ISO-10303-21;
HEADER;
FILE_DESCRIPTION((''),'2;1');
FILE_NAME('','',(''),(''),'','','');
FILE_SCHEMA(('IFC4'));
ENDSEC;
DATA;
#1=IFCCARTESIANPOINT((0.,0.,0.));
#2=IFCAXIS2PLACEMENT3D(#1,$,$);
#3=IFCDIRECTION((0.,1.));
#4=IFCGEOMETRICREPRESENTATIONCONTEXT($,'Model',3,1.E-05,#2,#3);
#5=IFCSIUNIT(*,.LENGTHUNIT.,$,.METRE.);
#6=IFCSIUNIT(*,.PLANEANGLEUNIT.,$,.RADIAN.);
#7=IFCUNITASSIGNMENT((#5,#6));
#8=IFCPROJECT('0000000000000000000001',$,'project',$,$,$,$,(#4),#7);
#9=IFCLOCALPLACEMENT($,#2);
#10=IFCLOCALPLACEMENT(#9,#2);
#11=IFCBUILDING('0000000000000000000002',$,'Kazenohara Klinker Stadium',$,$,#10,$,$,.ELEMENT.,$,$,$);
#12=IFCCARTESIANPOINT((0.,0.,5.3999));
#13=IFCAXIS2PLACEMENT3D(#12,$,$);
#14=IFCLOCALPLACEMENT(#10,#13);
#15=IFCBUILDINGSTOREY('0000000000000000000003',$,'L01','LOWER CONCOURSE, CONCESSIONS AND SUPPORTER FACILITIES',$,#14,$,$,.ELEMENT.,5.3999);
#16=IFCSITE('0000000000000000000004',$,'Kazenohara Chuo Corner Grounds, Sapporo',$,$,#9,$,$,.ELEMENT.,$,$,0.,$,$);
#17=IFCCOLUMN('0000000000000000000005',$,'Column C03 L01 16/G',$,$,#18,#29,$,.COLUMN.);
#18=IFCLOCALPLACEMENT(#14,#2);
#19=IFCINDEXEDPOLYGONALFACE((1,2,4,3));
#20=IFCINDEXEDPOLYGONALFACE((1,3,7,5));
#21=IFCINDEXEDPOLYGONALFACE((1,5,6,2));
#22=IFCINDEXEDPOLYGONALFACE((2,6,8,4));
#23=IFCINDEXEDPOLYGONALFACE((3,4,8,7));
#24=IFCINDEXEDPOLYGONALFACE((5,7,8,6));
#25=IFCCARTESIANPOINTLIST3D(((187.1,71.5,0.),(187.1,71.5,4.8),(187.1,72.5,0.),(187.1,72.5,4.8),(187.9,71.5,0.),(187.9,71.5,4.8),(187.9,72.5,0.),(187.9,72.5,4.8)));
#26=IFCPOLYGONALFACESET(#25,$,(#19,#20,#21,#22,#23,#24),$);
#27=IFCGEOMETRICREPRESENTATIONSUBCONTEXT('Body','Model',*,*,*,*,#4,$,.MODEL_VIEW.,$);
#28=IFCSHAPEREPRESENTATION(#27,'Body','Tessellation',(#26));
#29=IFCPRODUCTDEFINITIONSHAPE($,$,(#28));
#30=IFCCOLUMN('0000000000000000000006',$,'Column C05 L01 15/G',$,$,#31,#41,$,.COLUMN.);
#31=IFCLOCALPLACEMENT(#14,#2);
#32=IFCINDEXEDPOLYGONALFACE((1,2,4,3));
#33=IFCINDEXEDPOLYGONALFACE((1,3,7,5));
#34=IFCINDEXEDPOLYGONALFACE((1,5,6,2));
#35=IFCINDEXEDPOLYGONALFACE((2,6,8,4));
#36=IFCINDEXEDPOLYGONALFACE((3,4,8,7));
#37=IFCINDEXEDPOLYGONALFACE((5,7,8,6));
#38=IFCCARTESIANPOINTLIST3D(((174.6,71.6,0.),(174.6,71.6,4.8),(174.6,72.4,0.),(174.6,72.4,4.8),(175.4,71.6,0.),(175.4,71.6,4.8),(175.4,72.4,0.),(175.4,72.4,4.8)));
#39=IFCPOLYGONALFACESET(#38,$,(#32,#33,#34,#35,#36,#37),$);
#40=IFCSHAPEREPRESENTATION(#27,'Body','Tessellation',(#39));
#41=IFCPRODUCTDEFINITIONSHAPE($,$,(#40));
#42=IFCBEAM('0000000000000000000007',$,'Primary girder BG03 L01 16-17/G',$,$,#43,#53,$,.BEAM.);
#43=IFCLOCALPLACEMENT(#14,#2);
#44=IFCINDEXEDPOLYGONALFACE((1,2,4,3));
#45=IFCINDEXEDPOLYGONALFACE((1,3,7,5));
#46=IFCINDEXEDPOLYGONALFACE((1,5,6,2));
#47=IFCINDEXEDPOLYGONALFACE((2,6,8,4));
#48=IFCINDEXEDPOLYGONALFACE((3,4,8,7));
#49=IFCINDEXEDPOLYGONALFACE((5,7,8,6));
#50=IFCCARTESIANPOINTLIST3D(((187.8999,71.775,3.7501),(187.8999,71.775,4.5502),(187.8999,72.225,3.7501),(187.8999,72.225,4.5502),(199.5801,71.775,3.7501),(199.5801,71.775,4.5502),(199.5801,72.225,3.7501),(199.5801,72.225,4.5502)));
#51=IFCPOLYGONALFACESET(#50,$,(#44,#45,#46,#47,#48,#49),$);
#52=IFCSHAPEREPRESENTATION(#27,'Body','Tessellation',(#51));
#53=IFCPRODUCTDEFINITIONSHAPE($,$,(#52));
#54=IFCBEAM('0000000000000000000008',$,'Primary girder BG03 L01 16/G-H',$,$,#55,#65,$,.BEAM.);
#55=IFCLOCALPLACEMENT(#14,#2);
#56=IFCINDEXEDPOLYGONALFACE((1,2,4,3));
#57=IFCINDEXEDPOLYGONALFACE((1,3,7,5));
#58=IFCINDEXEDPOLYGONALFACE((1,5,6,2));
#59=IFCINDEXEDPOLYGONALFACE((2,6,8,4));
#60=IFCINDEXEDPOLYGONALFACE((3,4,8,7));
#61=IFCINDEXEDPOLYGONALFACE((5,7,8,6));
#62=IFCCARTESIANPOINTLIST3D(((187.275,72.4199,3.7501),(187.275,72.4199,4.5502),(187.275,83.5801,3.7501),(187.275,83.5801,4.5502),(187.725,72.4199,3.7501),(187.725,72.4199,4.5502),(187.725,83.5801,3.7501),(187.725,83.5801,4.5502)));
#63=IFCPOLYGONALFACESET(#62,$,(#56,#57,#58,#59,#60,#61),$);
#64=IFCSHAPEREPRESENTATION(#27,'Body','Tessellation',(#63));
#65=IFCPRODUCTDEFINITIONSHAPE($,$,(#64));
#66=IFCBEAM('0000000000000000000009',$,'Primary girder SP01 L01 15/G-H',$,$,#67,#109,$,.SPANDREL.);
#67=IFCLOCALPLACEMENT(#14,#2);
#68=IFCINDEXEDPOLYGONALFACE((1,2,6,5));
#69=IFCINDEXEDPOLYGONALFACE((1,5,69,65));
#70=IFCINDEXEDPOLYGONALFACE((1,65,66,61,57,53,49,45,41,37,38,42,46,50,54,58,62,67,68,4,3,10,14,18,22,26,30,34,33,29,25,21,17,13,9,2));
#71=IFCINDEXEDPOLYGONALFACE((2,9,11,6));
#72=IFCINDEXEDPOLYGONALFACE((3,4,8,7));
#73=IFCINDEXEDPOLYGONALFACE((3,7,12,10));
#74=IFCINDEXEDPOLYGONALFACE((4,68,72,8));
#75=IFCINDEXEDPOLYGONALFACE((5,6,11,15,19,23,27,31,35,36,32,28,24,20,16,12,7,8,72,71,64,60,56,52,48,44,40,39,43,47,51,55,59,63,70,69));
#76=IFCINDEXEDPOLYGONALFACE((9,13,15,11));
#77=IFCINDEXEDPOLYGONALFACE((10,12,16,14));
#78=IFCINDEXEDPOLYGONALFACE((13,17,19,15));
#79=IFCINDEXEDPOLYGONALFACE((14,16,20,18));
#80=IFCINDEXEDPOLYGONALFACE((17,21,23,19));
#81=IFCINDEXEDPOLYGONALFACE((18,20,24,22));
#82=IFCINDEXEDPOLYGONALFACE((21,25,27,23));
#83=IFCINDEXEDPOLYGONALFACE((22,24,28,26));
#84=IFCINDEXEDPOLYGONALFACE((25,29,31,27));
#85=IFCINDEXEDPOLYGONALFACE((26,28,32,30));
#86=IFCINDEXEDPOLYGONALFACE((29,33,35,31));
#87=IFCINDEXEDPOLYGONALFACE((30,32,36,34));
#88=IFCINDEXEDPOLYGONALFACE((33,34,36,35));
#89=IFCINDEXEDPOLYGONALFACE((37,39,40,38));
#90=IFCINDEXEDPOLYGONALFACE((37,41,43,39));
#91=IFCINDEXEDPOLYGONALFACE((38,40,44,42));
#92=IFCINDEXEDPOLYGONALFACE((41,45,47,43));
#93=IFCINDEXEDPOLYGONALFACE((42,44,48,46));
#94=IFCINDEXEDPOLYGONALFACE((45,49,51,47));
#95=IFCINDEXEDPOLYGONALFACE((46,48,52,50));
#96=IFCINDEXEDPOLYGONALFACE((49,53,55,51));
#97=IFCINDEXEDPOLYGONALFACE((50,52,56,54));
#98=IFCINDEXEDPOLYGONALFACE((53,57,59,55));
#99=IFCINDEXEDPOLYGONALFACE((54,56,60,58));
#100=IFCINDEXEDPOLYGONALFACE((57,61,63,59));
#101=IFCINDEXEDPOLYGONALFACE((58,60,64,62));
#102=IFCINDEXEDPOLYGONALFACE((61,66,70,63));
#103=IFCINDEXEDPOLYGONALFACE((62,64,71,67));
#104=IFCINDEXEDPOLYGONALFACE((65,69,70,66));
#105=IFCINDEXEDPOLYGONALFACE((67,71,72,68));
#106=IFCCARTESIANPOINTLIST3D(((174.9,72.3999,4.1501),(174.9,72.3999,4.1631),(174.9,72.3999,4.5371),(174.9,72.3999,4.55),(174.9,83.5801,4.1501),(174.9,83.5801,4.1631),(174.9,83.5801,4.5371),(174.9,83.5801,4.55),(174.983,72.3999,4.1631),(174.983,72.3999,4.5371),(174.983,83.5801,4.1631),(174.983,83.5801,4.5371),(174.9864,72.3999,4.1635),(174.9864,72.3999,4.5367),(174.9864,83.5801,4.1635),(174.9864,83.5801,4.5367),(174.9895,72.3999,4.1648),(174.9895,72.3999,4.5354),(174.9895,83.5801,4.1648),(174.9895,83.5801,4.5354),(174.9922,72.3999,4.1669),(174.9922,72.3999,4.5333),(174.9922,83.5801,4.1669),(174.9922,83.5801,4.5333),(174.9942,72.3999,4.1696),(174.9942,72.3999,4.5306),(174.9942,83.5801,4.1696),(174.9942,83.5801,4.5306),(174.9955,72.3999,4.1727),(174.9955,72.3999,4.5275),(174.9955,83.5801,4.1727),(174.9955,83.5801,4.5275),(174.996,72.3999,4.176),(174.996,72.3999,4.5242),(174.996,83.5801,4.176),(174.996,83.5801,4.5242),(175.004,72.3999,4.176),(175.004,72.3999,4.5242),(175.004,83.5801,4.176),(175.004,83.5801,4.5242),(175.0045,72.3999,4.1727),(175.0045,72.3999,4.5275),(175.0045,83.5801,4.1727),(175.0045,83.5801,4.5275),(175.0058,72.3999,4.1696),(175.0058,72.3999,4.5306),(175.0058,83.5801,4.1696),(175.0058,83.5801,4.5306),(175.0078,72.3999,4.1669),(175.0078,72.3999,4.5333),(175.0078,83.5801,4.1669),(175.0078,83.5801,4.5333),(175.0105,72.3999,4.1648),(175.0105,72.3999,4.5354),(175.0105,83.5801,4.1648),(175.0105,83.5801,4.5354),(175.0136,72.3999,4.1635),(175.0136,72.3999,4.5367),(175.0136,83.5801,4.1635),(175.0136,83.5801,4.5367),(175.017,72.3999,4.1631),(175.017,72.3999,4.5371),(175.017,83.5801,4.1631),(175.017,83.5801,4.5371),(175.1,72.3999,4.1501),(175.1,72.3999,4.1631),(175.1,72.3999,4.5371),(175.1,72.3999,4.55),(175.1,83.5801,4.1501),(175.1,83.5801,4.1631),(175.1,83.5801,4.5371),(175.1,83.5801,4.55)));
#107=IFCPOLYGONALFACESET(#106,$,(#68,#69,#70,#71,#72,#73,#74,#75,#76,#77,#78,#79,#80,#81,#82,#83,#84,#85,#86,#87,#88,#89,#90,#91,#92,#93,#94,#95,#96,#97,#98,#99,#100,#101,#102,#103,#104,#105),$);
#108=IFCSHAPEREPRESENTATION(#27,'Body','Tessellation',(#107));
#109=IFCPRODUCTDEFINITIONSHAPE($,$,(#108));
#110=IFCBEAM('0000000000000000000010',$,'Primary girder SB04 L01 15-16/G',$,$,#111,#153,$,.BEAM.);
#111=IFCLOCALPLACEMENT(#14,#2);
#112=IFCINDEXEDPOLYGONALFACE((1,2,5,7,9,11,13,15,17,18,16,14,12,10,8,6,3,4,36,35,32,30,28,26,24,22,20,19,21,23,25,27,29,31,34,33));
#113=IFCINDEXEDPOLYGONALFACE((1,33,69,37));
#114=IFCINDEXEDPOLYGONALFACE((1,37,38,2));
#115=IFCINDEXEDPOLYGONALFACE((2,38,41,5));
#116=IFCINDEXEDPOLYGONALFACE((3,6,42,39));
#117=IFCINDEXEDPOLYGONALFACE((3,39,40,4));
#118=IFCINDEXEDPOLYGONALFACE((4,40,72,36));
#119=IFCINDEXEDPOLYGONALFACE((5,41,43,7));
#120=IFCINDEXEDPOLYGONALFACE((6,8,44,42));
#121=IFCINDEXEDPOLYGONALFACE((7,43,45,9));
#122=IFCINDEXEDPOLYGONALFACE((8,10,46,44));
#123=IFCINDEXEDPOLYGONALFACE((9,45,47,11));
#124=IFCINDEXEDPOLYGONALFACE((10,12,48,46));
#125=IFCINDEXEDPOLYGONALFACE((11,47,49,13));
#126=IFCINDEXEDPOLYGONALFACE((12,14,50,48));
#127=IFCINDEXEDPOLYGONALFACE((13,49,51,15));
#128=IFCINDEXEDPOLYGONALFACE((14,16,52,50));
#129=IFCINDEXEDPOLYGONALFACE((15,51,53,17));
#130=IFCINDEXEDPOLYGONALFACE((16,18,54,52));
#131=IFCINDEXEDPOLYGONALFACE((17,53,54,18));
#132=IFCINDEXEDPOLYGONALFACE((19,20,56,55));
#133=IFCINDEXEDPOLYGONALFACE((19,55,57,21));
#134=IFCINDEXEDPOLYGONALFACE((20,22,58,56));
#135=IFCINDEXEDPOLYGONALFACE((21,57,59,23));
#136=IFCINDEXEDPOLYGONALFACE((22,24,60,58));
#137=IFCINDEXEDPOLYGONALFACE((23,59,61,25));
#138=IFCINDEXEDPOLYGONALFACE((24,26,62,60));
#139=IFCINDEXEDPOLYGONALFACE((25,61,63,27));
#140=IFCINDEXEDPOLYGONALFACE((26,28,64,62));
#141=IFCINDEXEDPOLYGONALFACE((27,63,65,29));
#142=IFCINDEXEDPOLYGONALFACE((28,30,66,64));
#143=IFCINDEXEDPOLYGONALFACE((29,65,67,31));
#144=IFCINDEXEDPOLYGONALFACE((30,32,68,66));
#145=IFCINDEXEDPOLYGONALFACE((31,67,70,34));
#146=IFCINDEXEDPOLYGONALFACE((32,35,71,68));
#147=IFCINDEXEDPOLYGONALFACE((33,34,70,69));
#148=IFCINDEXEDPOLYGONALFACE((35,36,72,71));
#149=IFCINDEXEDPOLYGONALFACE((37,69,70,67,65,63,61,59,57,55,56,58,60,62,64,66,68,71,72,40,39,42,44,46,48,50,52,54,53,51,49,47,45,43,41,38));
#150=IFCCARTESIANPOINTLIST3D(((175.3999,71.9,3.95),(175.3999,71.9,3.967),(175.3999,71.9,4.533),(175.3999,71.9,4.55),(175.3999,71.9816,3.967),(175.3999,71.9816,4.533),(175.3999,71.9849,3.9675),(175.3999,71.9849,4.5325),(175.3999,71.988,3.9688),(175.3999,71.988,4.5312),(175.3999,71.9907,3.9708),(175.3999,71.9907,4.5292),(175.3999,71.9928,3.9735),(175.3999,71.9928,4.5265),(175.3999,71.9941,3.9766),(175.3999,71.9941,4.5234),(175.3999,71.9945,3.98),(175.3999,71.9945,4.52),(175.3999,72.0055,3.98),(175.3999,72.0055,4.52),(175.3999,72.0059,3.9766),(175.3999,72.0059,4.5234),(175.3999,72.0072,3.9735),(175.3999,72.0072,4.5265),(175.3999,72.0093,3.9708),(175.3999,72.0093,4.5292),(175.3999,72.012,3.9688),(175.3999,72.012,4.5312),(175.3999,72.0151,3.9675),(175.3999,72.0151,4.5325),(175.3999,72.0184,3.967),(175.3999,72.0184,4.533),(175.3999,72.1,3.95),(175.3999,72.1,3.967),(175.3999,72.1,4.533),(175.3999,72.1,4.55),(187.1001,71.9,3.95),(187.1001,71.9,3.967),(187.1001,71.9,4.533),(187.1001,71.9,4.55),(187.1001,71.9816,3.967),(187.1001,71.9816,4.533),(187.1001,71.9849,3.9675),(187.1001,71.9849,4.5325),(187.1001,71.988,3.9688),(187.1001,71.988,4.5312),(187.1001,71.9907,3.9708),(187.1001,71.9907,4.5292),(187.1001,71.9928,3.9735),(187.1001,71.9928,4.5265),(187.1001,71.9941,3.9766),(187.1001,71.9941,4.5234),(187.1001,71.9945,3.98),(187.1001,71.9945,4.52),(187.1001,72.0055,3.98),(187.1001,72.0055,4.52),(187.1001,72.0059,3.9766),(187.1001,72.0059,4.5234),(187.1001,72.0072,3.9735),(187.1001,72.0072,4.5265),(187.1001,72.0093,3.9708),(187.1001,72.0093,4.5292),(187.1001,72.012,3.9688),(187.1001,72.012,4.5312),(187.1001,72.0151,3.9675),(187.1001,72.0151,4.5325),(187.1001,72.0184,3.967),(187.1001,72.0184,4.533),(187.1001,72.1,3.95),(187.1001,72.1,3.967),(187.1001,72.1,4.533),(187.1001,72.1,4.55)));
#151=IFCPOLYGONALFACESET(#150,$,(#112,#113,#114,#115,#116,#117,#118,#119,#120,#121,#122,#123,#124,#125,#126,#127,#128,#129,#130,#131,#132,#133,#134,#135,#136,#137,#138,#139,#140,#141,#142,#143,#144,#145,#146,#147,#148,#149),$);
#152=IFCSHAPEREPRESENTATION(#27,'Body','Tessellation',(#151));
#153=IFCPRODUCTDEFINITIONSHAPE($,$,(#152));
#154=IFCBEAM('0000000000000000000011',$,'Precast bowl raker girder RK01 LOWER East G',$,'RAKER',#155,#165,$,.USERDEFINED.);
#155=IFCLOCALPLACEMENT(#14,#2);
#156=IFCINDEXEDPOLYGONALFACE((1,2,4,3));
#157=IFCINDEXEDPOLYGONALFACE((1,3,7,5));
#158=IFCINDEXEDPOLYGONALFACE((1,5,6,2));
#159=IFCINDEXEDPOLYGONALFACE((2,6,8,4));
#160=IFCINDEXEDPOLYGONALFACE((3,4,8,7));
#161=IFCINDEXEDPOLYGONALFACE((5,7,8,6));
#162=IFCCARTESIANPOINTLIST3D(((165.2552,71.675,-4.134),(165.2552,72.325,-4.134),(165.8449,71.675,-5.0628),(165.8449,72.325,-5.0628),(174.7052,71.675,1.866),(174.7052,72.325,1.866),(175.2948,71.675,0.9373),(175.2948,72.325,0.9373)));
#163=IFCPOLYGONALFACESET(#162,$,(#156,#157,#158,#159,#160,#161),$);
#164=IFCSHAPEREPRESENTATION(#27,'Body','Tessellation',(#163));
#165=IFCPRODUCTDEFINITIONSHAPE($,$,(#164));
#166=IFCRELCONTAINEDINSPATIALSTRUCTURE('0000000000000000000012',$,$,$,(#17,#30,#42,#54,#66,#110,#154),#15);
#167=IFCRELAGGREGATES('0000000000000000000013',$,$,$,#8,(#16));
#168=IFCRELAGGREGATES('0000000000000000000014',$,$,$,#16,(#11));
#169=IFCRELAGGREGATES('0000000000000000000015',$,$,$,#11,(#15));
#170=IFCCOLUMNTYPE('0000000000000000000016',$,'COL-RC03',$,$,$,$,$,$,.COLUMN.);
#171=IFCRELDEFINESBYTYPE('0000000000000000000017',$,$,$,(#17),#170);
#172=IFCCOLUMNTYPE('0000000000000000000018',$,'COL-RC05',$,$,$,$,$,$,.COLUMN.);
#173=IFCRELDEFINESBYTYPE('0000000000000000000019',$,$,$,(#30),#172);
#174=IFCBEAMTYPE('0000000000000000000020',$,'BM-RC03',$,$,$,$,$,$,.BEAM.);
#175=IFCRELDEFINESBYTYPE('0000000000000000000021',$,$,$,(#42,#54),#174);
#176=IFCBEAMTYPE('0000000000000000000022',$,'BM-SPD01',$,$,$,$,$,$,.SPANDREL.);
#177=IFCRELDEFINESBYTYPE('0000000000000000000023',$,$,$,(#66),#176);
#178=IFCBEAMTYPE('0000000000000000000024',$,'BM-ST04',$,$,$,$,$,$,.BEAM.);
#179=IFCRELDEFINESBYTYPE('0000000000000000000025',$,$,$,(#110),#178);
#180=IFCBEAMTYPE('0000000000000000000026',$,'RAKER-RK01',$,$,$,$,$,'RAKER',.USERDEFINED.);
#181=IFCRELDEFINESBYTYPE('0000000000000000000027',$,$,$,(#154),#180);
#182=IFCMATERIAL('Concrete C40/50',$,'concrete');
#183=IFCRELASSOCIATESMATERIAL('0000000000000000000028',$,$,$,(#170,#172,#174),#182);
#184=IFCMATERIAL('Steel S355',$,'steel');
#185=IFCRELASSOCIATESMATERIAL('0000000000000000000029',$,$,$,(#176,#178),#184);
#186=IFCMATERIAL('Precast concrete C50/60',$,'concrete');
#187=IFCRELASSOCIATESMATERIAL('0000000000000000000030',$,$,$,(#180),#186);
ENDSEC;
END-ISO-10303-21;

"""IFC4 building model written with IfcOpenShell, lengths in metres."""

from ifc_helpers import new_model, si_unit, direction, frame, origin, origin_2d, place, context, subcontext, project, spatial, rectangle, i_section, extrude, material, material_profile, profile_set, type_object, element, save


model = new_model("IFC4")

# Units and contexts
model_context = context("Model", 3, precision=1e-05, world=origin(), true_north=direction((0.0, 1.0)))
body_context = subcontext(model_context, "Body", "Model", "MODEL_VIEW")
ifc_project = project(units=[si_unit("LENGTHUNIT", "METRE"), si_unit("PLANEANGLEUNIT", "RADIAN")], contexts=[model_context])

# Site, building, storey
site_placement = place(None, origin())
site = spatial("IfcSite", under=ifc_project, at=site_placement, Name="Kazenohara Chuo Corner Grounds, Sapporo", CompositionType="ELEMENT", RefElevation=0.0)
building_placement = place(site_placement, origin())
building = spatial("IfcBuilding", under=site, at=building_placement, Name="Kazenohara Klinker Stadium", CompositionType="ELEMENT")
storey_placement = place(building_placement, frame((0.0, 0.0, 5.3999)))
storey = spatial("IfcBuildingStorey", under=building, at=storey_placement, Name="L01", Description="LOWER CONCOURSE, CONCESSIONS AND SUPPORTER FACILITIES", CompositionType="ELEMENT", Elevation=5.3999)

# Columns
ifc_material_1 = material(Name="Concrete C40/50", Category="concrete")
ifc_material_profile_1 = material_profile(ifc_material_1, rectangle(XDim=0.8, YDim=1.0, at=origin_2d()), Name="RC-COL-1000x800")
ifc_profile_set_1 = profile_set([ifc_material_profile_1], Name="Concrete C40/50")
column_type_1 = type_object("IfcColumnType", Name="COL-RC03", PredefinedType="COLUMN", material=ifc_profile_set_1)
column_1_placement = place(storey_placement, frame((187.5, 72.0, 0.0), z_axis=(0.0, 0.0, 1.0), x_axis=(1.0, 0.0, 0.0)))
element("IfcColumn", 1, at=column_1_placement, inside=storey, type_object=column_type_1, Name="Column C03 L01 16/G", PredefinedType="COLUMN", context=body_context, shape_type="SweptSolid", body=[
    extrude(rectangle(XDim=0.8, YDim=1.0, at=origin_2d()), origin(), (0.0, 0.0, 1.0), 4.8),
])
ifc_material_profile_2 = material_profile(ifc_material_1, rectangle(XDim=0.8, YDim=0.8, at=origin_2d()), Name="RC-COL-800x800")
ifc_profile_set_2 = profile_set([ifc_material_profile_2], Name="Concrete C40/50")
column_type_2 = type_object("IfcColumnType", Name="COL-RC05", PredefinedType="COLUMN", material=ifc_profile_set_2)
column_2_placement = place(storey_placement, frame((175.0, 72.0, 0.0), z_axis=(0.0, 0.0, 1.0), x_axis=(1.0, 0.0, 0.0)))
element("IfcColumn", 2, at=column_2_placement, inside=storey, type_object=column_type_2, Name="Column C05 L01 15/G", PredefinedType="COLUMN", context=body_context, shape_type="SweptSolid", body=[
    extrude(rectangle(XDim=0.8, YDim=0.8, at=origin_2d()), origin(), (0.0, 0.0, 1.0), 4.8),
])

# Beams
ifc_material_profile_3 = material_profile(ifc_material_1, rectangle(XDim=0.45, YDim=0.8, at=origin_2d()), Name="RC-BM-450x800")
ifc_profile_set_3 = profile_set([ifc_material_profile_3], Name="Concrete C40/50")
beam_type_1 = type_object("IfcBeamType", Name="BM-RC03", PredefinedType="BEAM", material=ifc_profile_set_3)
beam_1_placement = place(storey_placement, frame((187.8999, 72.0, 4.1501), z_axis=(1.0, 0.0, 0.0), x_axis=(0.0, 1.0, 0.0)))
element("IfcBeam", 3, at=beam_1_placement, inside=storey, type_object=beam_type_1, Name="Primary girder BG03 L01 16-17/G", PredefinedType="BEAM", context=body_context, shape_type="SweptSolid", body=[
    extrude(rectangle(XDim=0.45, YDim=0.8, at=origin_2d()), origin(), (0.0, 0.0, 1.0), 11.6802),
])
beam_2_placement = place(storey_placement, frame((187.5, 72.4199, 4.1501), z_axis=(0.0, 1.0, 0.0), x_axis=(-1.0, 0.0, 0.0)))
element("IfcBeam", 4, at=beam_2_placement, inside=storey, type_object=beam_type_1, Name="Primary girder BG03 L01 16/G-H", PredefinedType="BEAM", context=body_context, shape_type="SweptSolid", body=[
    extrude(rectangle(XDim=0.45, YDim=0.8, at=origin_2d()), origin(), (0.0, 0.0, 1.0), 11.1602),
])
ifc_material_2 = material(Name="Steel S355", Category="steel")
ifc_material_profile_4 = material_profile(ifc_material_2, i_section(OverallWidth=0.2, OverallDepth=0.3999, WebThickness=0.0081, FlangeThickness=0.0129, FilletRadius=0.0129, at=origin_2d()), Name="H-400x200x8x13")
ifc_profile_set_4 = profile_set([ifc_material_profile_4], Name="Steel S355")
beam_type_2 = type_object("IfcBeamType", Name="BM-SPD01", PredefinedType="SPANDREL", material=ifc_profile_set_4)
beam_3_placement = place(storey_placement, frame((175.0, 72.3999, 4.3501), z_axis=(0.0, 1.0, 0.0), x_axis=(-1.0, 0.0, 0.0)))
element("IfcBeam", 5, at=beam_3_placement, inside=storey, type_object=beam_type_2, Name="Primary girder SP01 L01 15/G-H", PredefinedType="SPANDREL", context=body_context, shape_type="SweptSolid", body=[
    extrude(i_section(OverallWidth=0.2, OverallDepth=0.3999, WebThickness=0.0081, FlangeThickness=0.0129, FilletRadius=0.0129, at=origin_2d()), origin(), (0.0, 0.0, 1.0), 11.1802),
])
ifc_material_profile_5 = material_profile(ifc_material_2, i_section(OverallWidth=0.2, OverallDepth=0.6001, WebThickness=0.011, FlangeThickness=0.0171, FilletRadius=0.0129, at=origin_2d()), Name="H-600x200x11x17")
ifc_profile_set_5 = profile_set([ifc_material_profile_5], Name="Steel S355")
beam_type_3 = type_object("IfcBeamType", Name="BM-ST04", PredefinedType="BEAM", material=ifc_profile_set_5)
beam_4_placement = place(storey_placement, frame((175.3999, 72.0, 4.25), z_axis=(1.0, 0.0, 0.0), x_axis=(0.0, 1.0, 0.0)))
element("IfcBeam", 6, at=beam_4_placement, inside=storey, type_object=beam_type_3, Name="Primary girder SB04 L01 15-16/G", PredefinedType="BEAM", context=body_context, shape_type="SweptSolid", body=[
    extrude(i_section(OverallWidth=0.2, OverallDepth=0.6001, WebThickness=0.011, FlangeThickness=0.0171, FilletRadius=0.0129, at=origin_2d()), origin(), (0.0, 0.0, 1.0), 11.7002),
])
ifc_material_3 = material(Name="Precast concrete C50/60", Category="concrete")
ifc_material_profile_6 = material_profile(ifc_material_3, rectangle(XDim=0.6499, YDim=1.1001, at=origin_2d()), Name="PC-RAKER-650x1100")
ifc_profile_set_6 = profile_set([ifc_material_profile_6], Name="Precast concrete C50/60")
beam_type_4 = type_object("IfcBeamType", Name="RAKER-RK01", ElementType="RAKER", PredefinedType="USERDEFINED", material=ifc_profile_set_6)
beam_5_placement = place(storey_placement, frame((175.0, 72.0, 1.4016), z_axis=(-0.844212, 0.0, -0.53601), x_axis=(0.0, -1.0, 0.0)))
element("IfcBeam", 7, at=beam_5_placement, inside=storey, type_object=beam_type_4, Name="Precast bowl raker girder RK01 LOWER East G", ObjectType="RAKER", PredefinedType="USERDEFINED", context=body_context, shape_type="SweptSolid", body=[
    extrude(rectangle(XDim=0.6499, YDim=1.1001, at=origin_2d()), origin(), (0.0, 0.0, 1.0), 11.1938),
])

save(model, "model.ifc")
